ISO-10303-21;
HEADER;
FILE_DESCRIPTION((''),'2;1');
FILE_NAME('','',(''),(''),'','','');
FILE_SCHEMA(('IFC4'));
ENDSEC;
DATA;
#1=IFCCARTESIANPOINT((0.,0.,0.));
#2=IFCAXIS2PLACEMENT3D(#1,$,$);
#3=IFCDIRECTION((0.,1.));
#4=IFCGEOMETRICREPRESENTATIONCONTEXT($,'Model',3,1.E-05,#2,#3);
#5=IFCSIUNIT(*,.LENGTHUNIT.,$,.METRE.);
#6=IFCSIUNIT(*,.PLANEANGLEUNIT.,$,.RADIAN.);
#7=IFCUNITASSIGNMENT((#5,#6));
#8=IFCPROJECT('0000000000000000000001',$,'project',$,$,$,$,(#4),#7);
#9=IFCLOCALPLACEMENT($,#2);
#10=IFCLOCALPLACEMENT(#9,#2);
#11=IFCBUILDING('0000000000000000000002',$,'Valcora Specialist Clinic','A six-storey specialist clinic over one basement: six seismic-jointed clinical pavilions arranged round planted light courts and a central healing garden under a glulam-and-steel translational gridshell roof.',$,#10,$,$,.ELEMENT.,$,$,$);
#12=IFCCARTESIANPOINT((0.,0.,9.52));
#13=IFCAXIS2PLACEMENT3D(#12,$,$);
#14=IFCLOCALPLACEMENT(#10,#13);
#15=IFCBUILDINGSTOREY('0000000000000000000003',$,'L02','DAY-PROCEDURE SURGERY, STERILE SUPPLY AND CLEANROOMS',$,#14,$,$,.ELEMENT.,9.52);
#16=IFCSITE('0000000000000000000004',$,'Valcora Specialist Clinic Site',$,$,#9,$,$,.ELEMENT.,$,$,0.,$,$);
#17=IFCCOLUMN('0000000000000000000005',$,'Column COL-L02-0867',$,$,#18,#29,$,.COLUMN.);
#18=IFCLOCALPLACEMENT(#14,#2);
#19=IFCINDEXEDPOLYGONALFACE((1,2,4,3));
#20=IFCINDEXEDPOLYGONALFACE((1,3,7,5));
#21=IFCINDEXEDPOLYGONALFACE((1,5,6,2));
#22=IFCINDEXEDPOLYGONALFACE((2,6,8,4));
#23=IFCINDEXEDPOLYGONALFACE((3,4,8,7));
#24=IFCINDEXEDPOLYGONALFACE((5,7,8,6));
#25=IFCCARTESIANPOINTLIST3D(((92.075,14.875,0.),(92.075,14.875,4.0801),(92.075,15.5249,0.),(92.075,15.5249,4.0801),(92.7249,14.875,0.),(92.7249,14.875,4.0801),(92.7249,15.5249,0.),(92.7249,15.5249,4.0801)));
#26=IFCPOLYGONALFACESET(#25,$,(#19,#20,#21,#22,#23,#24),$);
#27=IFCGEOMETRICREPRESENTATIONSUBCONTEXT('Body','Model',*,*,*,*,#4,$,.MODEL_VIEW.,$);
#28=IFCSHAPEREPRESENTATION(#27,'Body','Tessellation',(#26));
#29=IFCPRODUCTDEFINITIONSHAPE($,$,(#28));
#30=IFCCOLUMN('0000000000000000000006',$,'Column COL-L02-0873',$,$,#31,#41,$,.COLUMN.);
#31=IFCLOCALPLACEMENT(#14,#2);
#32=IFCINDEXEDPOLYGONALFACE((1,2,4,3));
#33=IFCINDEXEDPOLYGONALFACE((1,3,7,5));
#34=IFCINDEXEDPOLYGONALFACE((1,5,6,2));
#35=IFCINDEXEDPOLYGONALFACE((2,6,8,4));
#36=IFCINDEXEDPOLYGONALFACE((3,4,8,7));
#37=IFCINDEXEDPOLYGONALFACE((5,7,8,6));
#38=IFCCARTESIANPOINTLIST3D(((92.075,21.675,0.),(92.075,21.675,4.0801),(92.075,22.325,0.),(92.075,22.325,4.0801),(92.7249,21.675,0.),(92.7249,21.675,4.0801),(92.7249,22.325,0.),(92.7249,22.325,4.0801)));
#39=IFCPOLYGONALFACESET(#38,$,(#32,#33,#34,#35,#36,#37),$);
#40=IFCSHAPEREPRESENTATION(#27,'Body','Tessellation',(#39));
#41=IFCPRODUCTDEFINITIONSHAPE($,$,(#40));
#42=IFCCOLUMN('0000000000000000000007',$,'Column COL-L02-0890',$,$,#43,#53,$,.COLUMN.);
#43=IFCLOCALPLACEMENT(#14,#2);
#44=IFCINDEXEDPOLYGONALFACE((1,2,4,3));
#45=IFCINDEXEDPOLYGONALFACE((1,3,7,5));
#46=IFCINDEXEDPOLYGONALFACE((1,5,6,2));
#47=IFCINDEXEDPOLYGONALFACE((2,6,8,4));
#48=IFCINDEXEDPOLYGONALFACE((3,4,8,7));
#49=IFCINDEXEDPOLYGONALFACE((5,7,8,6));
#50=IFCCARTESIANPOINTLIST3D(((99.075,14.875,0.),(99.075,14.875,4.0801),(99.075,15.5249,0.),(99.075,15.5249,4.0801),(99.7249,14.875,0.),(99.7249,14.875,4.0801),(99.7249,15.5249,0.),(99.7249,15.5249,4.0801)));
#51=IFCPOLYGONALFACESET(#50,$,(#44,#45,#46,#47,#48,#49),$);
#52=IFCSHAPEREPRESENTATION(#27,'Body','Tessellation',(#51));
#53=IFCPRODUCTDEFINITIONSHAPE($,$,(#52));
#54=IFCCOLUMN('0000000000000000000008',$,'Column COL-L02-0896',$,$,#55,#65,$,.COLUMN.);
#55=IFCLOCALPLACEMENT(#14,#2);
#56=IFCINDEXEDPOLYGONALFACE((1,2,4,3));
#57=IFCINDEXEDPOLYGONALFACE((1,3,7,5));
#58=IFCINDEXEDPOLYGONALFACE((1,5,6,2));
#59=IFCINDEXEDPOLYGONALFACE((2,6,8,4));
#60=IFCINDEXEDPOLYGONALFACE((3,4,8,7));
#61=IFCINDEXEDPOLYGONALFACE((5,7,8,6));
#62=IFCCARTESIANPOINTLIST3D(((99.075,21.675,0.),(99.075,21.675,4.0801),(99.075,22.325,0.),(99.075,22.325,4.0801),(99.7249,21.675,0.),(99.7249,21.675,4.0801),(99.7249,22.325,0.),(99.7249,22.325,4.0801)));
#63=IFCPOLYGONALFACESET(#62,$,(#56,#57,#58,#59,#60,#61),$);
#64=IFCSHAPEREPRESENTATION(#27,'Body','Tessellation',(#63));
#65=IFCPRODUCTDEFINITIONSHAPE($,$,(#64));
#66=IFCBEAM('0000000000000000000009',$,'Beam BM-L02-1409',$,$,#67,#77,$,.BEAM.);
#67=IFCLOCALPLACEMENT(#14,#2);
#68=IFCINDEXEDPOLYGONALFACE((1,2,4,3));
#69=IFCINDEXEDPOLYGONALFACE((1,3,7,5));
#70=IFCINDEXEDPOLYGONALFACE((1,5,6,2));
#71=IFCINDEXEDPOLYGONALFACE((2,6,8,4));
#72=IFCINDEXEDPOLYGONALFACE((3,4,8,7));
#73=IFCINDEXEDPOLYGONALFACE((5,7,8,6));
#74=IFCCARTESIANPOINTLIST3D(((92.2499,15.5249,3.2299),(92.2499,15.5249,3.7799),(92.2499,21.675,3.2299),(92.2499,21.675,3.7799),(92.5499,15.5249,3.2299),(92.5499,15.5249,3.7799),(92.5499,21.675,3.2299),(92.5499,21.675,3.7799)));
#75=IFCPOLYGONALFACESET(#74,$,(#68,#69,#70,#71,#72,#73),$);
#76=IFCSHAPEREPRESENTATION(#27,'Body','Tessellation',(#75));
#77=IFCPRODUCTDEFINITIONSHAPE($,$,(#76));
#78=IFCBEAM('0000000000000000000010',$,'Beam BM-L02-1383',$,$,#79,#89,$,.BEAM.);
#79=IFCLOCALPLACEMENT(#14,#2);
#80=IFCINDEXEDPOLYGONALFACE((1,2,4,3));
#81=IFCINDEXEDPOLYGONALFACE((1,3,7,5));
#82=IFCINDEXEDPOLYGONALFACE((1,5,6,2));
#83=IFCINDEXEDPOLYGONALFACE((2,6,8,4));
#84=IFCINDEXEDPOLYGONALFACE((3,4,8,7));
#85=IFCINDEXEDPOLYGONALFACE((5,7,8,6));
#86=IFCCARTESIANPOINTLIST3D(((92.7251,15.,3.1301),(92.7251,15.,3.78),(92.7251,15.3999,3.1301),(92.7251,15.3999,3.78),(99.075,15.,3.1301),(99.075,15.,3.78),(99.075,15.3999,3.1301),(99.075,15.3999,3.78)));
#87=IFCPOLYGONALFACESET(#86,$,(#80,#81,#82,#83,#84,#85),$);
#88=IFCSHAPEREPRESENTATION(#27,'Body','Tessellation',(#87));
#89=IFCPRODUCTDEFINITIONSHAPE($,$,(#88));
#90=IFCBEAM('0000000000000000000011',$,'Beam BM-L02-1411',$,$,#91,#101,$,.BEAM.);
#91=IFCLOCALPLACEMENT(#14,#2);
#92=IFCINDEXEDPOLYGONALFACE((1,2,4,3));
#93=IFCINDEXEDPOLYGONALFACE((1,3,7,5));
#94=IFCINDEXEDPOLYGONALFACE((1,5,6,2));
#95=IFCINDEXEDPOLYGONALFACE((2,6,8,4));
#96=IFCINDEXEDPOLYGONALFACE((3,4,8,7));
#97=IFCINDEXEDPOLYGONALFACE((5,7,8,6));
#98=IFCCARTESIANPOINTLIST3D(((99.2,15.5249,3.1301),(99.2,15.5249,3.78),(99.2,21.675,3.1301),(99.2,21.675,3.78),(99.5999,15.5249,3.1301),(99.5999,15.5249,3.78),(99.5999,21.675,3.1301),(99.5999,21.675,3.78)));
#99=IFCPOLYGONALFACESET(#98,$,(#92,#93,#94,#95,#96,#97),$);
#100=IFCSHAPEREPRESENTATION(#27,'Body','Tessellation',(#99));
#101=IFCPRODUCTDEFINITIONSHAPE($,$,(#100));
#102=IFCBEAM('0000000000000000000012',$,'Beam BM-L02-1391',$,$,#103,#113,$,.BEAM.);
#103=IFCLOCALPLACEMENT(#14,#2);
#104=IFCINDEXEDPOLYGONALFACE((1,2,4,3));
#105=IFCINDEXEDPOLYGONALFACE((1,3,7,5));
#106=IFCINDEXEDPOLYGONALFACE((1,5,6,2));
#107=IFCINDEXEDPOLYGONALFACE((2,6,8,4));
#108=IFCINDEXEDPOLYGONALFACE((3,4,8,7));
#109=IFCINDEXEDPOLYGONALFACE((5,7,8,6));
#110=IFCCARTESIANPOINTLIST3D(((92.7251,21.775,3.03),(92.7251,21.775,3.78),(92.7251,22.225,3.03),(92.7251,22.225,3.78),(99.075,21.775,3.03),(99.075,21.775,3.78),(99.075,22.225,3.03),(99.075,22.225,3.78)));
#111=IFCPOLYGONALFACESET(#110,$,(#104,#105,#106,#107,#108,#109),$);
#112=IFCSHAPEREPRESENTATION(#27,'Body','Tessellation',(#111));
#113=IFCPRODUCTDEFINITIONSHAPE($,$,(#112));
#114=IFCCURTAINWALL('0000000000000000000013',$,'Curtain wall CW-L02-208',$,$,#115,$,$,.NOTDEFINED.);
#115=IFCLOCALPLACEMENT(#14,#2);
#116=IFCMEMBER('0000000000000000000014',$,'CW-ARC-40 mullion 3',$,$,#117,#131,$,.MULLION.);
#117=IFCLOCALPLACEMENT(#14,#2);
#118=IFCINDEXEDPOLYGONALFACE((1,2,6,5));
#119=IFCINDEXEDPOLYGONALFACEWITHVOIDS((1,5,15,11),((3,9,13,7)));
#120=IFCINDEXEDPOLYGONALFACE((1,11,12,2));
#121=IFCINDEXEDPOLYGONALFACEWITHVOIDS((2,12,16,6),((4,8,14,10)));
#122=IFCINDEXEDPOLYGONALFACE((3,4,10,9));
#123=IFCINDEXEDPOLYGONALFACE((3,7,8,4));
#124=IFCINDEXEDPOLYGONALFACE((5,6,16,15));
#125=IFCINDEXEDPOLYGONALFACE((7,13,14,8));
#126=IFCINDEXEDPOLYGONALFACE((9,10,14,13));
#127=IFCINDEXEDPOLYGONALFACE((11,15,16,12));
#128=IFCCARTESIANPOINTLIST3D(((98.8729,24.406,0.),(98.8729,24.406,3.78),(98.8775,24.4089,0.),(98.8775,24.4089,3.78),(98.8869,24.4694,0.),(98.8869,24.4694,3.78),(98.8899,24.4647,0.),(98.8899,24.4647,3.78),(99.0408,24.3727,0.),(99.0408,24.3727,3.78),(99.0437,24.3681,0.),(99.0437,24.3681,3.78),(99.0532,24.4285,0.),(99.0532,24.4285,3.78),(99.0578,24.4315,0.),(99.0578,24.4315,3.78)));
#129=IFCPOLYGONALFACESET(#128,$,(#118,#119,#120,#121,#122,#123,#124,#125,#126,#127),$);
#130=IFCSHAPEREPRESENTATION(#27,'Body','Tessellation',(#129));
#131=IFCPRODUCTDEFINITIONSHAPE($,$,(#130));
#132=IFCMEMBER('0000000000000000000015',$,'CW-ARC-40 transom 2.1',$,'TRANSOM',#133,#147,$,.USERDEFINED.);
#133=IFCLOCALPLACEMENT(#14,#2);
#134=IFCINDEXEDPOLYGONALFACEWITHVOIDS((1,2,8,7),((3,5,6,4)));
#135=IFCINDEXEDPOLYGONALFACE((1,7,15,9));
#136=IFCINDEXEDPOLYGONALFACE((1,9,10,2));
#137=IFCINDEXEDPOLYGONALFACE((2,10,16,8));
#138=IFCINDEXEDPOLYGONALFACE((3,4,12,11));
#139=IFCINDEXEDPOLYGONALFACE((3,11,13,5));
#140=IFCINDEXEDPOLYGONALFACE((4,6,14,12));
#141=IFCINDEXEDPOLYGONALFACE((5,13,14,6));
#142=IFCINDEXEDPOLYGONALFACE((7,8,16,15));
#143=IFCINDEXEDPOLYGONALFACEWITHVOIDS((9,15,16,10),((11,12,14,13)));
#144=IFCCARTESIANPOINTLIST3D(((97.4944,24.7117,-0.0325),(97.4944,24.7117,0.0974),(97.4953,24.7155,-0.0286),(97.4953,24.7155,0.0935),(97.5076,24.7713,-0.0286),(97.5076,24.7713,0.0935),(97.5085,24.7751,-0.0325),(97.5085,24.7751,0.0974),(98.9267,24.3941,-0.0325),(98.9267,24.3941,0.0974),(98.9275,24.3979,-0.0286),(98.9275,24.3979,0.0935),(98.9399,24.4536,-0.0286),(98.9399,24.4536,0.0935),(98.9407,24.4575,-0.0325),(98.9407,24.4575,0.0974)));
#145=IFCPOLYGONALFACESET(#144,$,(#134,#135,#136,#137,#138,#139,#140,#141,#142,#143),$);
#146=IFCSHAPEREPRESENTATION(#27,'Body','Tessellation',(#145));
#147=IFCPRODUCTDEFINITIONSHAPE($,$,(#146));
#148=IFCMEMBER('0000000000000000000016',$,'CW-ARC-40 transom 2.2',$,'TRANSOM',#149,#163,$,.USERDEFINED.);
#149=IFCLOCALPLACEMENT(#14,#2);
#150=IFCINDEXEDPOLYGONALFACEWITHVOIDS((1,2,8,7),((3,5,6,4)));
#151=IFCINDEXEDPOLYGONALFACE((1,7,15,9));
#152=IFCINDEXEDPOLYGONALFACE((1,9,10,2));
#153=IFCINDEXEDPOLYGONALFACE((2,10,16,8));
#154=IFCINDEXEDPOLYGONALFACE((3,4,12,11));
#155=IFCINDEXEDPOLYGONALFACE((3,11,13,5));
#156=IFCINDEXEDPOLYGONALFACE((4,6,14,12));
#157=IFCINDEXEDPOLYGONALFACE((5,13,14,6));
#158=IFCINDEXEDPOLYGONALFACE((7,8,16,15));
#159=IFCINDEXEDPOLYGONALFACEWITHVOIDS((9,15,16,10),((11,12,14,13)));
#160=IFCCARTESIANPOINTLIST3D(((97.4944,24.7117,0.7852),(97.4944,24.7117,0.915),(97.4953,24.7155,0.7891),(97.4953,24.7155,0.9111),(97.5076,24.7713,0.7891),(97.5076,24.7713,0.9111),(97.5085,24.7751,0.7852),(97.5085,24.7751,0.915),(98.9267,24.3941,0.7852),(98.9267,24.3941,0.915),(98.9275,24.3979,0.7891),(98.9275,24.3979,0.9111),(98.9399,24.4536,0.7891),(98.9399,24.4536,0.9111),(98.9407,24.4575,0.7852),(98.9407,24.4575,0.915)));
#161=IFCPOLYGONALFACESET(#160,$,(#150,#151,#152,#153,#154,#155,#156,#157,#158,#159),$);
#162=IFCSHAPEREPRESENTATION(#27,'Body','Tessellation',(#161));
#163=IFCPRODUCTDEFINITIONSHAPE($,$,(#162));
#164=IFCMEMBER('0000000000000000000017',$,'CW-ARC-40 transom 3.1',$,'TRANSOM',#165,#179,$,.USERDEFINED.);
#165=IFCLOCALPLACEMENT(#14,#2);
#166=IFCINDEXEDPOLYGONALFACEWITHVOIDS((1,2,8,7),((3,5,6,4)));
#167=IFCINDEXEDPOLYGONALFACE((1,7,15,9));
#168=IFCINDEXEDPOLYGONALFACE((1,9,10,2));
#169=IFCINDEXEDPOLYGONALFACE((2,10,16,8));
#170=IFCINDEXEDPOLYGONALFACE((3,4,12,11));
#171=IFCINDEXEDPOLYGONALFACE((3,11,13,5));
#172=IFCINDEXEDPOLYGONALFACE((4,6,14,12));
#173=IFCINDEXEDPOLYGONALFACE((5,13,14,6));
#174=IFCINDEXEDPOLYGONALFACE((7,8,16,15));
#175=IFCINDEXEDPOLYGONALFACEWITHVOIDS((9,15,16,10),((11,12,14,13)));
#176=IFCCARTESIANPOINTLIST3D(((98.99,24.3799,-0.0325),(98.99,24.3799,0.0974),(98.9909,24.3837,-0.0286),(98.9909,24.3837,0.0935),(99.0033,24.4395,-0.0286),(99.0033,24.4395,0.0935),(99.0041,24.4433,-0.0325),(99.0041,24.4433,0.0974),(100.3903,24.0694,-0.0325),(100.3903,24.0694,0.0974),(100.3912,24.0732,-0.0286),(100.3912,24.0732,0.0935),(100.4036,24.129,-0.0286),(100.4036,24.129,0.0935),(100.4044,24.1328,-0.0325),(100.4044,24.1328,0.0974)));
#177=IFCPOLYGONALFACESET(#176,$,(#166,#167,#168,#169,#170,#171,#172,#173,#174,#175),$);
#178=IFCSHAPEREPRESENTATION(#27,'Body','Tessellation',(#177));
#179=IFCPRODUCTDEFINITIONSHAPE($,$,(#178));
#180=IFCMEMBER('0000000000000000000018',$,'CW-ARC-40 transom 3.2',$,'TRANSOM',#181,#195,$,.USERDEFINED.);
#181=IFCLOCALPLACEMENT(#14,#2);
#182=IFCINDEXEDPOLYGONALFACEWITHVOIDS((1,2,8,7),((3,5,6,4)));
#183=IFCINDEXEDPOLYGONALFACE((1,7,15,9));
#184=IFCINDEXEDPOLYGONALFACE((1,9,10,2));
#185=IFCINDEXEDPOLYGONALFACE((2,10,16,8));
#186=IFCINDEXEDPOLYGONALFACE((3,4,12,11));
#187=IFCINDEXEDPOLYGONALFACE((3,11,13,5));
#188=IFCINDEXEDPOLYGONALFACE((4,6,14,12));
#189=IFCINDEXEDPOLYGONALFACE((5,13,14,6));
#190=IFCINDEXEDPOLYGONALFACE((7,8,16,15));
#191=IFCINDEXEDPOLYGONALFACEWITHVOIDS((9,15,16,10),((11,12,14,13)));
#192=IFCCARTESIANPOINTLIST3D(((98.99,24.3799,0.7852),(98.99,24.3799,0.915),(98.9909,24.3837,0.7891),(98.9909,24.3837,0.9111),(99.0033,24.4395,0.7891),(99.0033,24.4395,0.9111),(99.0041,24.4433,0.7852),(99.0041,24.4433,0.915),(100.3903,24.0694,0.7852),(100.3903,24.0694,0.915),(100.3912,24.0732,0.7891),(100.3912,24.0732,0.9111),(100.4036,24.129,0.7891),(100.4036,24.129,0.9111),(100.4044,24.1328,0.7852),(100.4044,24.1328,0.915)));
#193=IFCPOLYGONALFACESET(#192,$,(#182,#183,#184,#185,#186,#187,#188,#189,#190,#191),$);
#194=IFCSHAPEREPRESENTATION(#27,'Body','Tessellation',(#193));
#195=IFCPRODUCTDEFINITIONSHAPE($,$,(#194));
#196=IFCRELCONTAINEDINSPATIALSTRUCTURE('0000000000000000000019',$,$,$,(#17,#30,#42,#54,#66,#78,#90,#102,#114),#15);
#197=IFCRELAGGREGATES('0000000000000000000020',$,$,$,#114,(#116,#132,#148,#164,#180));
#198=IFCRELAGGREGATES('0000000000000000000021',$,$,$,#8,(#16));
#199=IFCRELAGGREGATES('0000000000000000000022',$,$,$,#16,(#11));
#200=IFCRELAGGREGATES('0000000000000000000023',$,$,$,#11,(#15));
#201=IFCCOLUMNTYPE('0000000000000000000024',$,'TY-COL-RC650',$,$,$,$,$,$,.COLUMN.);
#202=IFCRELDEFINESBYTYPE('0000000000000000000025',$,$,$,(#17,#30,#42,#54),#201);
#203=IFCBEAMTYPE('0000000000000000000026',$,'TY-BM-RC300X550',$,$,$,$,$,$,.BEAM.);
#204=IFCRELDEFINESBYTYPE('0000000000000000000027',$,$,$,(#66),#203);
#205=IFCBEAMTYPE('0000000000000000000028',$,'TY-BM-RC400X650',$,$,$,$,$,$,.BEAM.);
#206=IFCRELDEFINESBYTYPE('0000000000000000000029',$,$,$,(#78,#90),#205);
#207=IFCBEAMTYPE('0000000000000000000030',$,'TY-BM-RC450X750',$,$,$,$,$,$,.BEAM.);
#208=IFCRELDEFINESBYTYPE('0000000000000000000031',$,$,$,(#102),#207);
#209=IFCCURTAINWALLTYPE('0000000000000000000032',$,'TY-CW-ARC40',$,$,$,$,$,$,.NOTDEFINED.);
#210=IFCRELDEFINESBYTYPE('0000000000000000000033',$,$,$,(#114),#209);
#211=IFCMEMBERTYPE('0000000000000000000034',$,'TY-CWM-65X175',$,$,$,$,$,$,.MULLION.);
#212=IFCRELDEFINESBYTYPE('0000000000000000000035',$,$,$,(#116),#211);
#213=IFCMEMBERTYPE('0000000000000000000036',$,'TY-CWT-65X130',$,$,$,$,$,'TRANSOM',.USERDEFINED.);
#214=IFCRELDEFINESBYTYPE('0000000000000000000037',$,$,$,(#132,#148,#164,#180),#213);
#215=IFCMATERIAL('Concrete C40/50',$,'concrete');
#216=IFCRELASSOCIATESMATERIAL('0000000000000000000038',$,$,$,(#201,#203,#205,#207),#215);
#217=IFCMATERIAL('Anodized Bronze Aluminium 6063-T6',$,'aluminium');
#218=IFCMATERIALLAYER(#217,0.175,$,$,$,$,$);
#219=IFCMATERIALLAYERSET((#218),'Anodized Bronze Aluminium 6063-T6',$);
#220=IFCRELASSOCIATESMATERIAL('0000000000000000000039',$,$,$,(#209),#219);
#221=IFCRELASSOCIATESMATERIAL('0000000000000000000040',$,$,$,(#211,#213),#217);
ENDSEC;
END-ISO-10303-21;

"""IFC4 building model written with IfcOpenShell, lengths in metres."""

from ifc_helpers import new_model, si_unit, direction, frame, origin, origin_2d, place, context, subcontext, project, spatial, rectangle, hollow_rectangle, extrude, material, layer, layer_set, material_profile, profile_set, type_object, element, aggregate, save


model = new_model("IFC4")

# Units and contexts
model_context = context("Model", 3, precision=1e-05, world=origin(), true_north=direction((0.0, 1.0)))
body_context = subcontext(model_context, "Body", "Model", "MODEL_VIEW")
ifc_project = project(units=[si_unit("LENGTHUNIT", "METRE"), si_unit("PLANEANGLEUNIT", "RADIAN")], contexts=[model_context])

# Site, building, storey
site_placement = place(None, origin())
site = spatial("IfcSite", under=ifc_project, at=site_placement, Name="Valcora Specialist Clinic Site", CompositionType="ELEMENT", RefElevation=0.0)
building_placement = place(site_placement, origin())
building = spatial("IfcBuilding", under=site, at=building_placement, Name="Valcora Specialist Clinic", Description="A six-storey specialist clinic over one basement: six seismic-jointed clinical pavilions arranged round planted light courts and a central healing garden under a glulam-and-steel translational gridshell roof.", CompositionType="ELEMENT")
storey_placement = place(building_placement, frame((0.0, 0.0, 9.52)))
storey = spatial("IfcBuildingStorey", under=building, at=storey_placement, Name="L02", Description="DAY-PROCEDURE SURGERY, STERILE SUPPLY AND CLEANROOMS", CompositionType="ELEMENT", Elevation=9.52)

# Columns
ifc_material_1 = material(Name="Concrete C40/50", Category="concrete")
ifc_material_profile_1 = material_profile(ifc_material_1, rectangle(XDim=0.6499, YDim=0.6499, at=origin_2d()), Name="RC-COL-650X650")
ifc_profile_set_1 = profile_set([ifc_material_profile_1], Name="Concrete C40/50")
column_type = type_object("IfcColumnType", Name="TY-COL-RC650", PredefinedType="COLUMN", material=ifc_profile_set_1)
for number, where, z_axis, x_axis, name in (
    (1, (92.3999, 15.2, 0.0), (0.0, 0.0, 1.0), (1.0, 0.0, 0.0), "Column COL-L02-0867"),
    (2, (92.3999, 22.0, 0.0), (0.0, 0.0, 1.0), (1.0, 0.0, 0.0), "Column COL-L02-0873"),
    (3, (99.3999, 15.2, 0.0), (0.0, 0.0, 1.0), (1.0, 0.0, 0.0), "Column COL-L02-0890"),
    (4, (99.3999, 22.0, 0.0), (0.0, 0.0, 1.0), (1.0, 0.0, 0.0), "Column COL-L02-0896"),
):
    element("IfcColumn", number, at=place(storey_placement, frame(where, z_axis=z_axis, x_axis=x_axis)), inside=storey, type_object=column_type, Name=name, PredefinedType="COLUMN", context=body_context, shape_type="SweptSolid", body=[
        extrude(rectangle(XDim=0.6499, YDim=0.6499, at=origin_2d()), origin(), (0.0, 0.0, 1.0), 4.0801),
    ])

# Beams
ifc_material_profile_2 = material_profile(ifc_material_1, rectangle(XDim=0.3, YDim=0.55, at=origin_2d()), Name="RC-BM-300X550")
ifc_profile_set_2 = profile_set([ifc_material_profile_2], Name="Concrete C40/50")
beam_type_1 = type_object("IfcBeamType", Name="TY-BM-RC300X550", PredefinedType="BEAM", material=ifc_profile_set_2)
beam_1_placement = place(storey_placement, frame((92.3999, 15.5249, 3.5049), z_axis=(0.0, 1.0, 0.0), x_axis=(-1.0, 0.0, 0.0)))
element("IfcBeam", 5, at=beam_1_placement, inside=storey, type_object=beam_type_1, Name="Beam BM-L02-1409", PredefinedType="BEAM", context=body_context, shape_type="SweptSolid", body=[
    extrude(rectangle(XDim=0.3, YDim=0.55, at=origin_2d()), origin(), (0.0, 0.0, 1.0), 6.1501),
])
ifc_material_profile_3 = material_profile(ifc_material_1, rectangle(XDim=0.3999, YDim=0.6499, at=origin_2d()), Name="RC-BM-400X650")
ifc_profile_set_3 = profile_set([ifc_material_profile_3], Name="Concrete C40/50")
beam_type_2 = type_object("IfcBeamType", Name="TY-BM-RC400X650", PredefinedType="BEAM", material=ifc_profile_set_3)
beam_2_placement = place(storey_placement, frame((92.7251, 15.2, 3.4551), z_axis=(1.0, 0.0, 0.0), x_axis=(0.0, 1.0, 0.0)))
element("IfcBeam", 6, at=beam_2_placement, inside=storey, type_object=beam_type_2, Name="Beam BM-L02-1383", PredefinedType="BEAM", context=body_context, shape_type="SweptSolid", body=[
    extrude(rectangle(XDim=0.3999, YDim=0.6499, at=origin_2d()), origin(), (0.0, 0.0, 1.0), 6.3499),
])
beam_3_placement = place(storey_placement, frame((99.3999, 15.5249, 3.4551), z_axis=(0.0, 1.0, 0.0), x_axis=(-1.0, 0.0, 0.0)))
element("IfcBeam", 7, at=beam_3_placement, inside=storey, type_object=beam_type_2, Name="Beam BM-L02-1411", PredefinedType="BEAM", context=body_context, shape_type="SweptSolid", body=[
    extrude(rectangle(XDim=0.3999, YDim=0.6499, at=origin_2d()), origin(), (0.0, 0.0, 1.0), 6.1501),
])
ifc_material_profile_4 = material_profile(ifc_material_1, rectangle(XDim=0.45, YDim=0.75, at=origin_2d()), Name="RC-BM-450X750")
ifc_profile_set_4 = profile_set([ifc_material_profile_4], Name="Concrete C40/50")
beam_type_3 = type_object("IfcBeamType", Name="TY-BM-RC450X750", PredefinedType="BEAM", material=ifc_profile_set_4)
beam_4_placement = place(storey_placement, frame((92.7251, 22.0, 3.405), z_axis=(1.0, 0.0, 0.0), x_axis=(0.0, 1.0, 0.0)))
element("IfcBeam", 8, at=beam_4_placement, inside=storey, type_object=beam_type_3, Name="Beam BM-L02-1391", PredefinedType="BEAM", context=body_context, shape_type="SweptSolid", body=[
    extrude(rectangle(XDim=0.45, YDim=0.75, at=origin_2d()), origin(), (0.0, 0.0, 1.0), 6.3499),
])

# Curtain wall, members
ifc_material_2 = material(Name="Anodized Bronze Aluminium 6063-T6", Category="aluminium")
ifc_layer_1 = layer(ifc_material_2, 0.175)
ifc_layer_set_1 = layer_set([ifc_layer_1], Name="Anodized Bronze Aluminium 6063-T6")
curtain_wall_type = type_object("IfcCurtainWallType", Name="TY-CW-ARC40", PredefinedType="NOTDEFINED", material=ifc_layer_set_1)
curtain_wall_placement = place(storey_placement, origin())
curtain_wall = element("IfcCurtainWall", 9, at=curtain_wall_placement, inside=storey, type_object=curtain_wall_type, Name="Curtain wall CW-L02-208", PredefinedType="NOTDEFINED")
ifc_material_profile_5 = material_profile(ifc_material_2, hollow_rectangle(XDim=0.0649, YDim=0.175, WallThickness=0.0039, at=origin_2d()), Name="AL-MUL-65X175")
ifc_profile_set_5 = profile_set([ifc_material_profile_5], Name="Anodized Bronze Aluminium 6063-T6")
member_type_1 = type_object("IfcMemberType", Name="TY-CWM-65X175", PredefinedType="MULLION", material=ifc_profile_set_5)
member_1_placement = place(storey_placement, frame((98.9653, 24.4187, 0.0), z_axis=(0.0, 0.0, 1.0), x_axis=(0.216518, 0.976279, 0.0)))
member_1 = element("IfcMember", 10, at=member_1_placement, type_object=member_type_1, Name="CW-ARC-40 mullion 3", PredefinedType="MULLION", context=body_context, shape_type="SweptSolid", body=[
    extrude(hollow_rectangle(XDim=0.0649, YDim=0.175, WallThickness=0.0039, at=origin_2d()), origin(), (0.0, 0.0, 1.0), 3.78),
])
ifc_material_profile_6 = material_profile(ifc_material_2, hollow_rectangle(XDim=0.0649, YDim=0.1299, WallThickness=0.0039, at=origin_2d()), Name="AL-TRN-65X130")
ifc_profile_set_6 = profile_set([ifc_material_profile_6], Name="Anodized Bronze Aluminium 6063-T6")
member_type_2 = type_object("IfcMemberType", Name="TY-CWT-65X130", ElementType="TRANSOM", PredefinedType="USERDEFINED", material=ifc_profile_set_6)
member_2_placement = place(storey_placement, frame((97.5015, 24.7434, 0.0325), z_axis=(0.976277, -0.216525, 0.0), x_axis=(0.216525, 0.976277, 0.0)))
member_2 = element("IfcMember", 11, at=member_2_placement, type_object=member_type_2, Name="CW-ARC-40 transom 2.1", ObjectType="TRANSOM", PredefinedType="USERDEFINED", context=body_context, shape_type="SweptSolid", body=[
    extrude(hollow_rectangle(XDim=0.0649, YDim=0.1299, WallThickness=0.0039, at=origin_2d()), origin(), (0.0, 0.0, 1.0), 1.467),
])
member_3_placement = place(storey_placement, frame((97.5015, 24.7434, 0.8501), z_axis=(0.976277, -0.216525, 0.0), x_axis=(0.216525, 0.976277, 0.0)))
member_3 = element("IfcMember", 12, at=member_3_placement, type_object=member_type_2, Name="CW-ARC-40 transom 2.2", ObjectType="TRANSOM", PredefinedType="USERDEFINED", context=body_context, shape_type="SweptSolid", body=[
    extrude(hollow_rectangle(XDim=0.0649, YDim=0.1299, WallThickness=0.0039, at=origin_2d()), origin(), (0.0, 0.0, 1.0), 1.467),
])
member_4_placement = place(storey_placement, frame((98.9971, 24.4116, 0.0325), z_axis=(0.976283, -0.216498, 0.0), x_axis=(0.216498, 0.976283, 0.0)))
member_4 = element("IfcMember", 13, at=member_4_placement, type_object=member_type_2, Name="CW-ARC-40 transom 3.1", ObjectType="TRANSOM", PredefinedType="USERDEFINED", context=body_context, shape_type="SweptSolid", body=[
    extrude(hollow_rectangle(XDim=0.0649, YDim=0.1299, WallThickness=0.0039, at=origin_2d()), origin(), (0.0, 0.0, 1.0), 1.4343),
])
member_5_placement = place(storey_placement, frame((98.9971, 24.4116, 0.8501), z_axis=(0.976283, -0.216498, 0.0), x_axis=(0.216498, 0.976283, 0.0)))
member_5 = element("IfcMember", 14, at=member_5_placement, type_object=member_type_2, Name="CW-ARC-40 transom 3.2", ObjectType="TRANSOM", PredefinedType="USERDEFINED", context=body_context, shape_type="SweptSolid", body=[
    extrude(hollow_rectangle(XDim=0.0649, YDim=0.1299, WallThickness=0.0039, at=origin_2d()), origin(), (0.0, 0.0, 1.0), 1.4343),
])
aggregate(curtain_wall, [member_1, member_2, member_3, member_4, member_5])

save(model, "model.ifc")
